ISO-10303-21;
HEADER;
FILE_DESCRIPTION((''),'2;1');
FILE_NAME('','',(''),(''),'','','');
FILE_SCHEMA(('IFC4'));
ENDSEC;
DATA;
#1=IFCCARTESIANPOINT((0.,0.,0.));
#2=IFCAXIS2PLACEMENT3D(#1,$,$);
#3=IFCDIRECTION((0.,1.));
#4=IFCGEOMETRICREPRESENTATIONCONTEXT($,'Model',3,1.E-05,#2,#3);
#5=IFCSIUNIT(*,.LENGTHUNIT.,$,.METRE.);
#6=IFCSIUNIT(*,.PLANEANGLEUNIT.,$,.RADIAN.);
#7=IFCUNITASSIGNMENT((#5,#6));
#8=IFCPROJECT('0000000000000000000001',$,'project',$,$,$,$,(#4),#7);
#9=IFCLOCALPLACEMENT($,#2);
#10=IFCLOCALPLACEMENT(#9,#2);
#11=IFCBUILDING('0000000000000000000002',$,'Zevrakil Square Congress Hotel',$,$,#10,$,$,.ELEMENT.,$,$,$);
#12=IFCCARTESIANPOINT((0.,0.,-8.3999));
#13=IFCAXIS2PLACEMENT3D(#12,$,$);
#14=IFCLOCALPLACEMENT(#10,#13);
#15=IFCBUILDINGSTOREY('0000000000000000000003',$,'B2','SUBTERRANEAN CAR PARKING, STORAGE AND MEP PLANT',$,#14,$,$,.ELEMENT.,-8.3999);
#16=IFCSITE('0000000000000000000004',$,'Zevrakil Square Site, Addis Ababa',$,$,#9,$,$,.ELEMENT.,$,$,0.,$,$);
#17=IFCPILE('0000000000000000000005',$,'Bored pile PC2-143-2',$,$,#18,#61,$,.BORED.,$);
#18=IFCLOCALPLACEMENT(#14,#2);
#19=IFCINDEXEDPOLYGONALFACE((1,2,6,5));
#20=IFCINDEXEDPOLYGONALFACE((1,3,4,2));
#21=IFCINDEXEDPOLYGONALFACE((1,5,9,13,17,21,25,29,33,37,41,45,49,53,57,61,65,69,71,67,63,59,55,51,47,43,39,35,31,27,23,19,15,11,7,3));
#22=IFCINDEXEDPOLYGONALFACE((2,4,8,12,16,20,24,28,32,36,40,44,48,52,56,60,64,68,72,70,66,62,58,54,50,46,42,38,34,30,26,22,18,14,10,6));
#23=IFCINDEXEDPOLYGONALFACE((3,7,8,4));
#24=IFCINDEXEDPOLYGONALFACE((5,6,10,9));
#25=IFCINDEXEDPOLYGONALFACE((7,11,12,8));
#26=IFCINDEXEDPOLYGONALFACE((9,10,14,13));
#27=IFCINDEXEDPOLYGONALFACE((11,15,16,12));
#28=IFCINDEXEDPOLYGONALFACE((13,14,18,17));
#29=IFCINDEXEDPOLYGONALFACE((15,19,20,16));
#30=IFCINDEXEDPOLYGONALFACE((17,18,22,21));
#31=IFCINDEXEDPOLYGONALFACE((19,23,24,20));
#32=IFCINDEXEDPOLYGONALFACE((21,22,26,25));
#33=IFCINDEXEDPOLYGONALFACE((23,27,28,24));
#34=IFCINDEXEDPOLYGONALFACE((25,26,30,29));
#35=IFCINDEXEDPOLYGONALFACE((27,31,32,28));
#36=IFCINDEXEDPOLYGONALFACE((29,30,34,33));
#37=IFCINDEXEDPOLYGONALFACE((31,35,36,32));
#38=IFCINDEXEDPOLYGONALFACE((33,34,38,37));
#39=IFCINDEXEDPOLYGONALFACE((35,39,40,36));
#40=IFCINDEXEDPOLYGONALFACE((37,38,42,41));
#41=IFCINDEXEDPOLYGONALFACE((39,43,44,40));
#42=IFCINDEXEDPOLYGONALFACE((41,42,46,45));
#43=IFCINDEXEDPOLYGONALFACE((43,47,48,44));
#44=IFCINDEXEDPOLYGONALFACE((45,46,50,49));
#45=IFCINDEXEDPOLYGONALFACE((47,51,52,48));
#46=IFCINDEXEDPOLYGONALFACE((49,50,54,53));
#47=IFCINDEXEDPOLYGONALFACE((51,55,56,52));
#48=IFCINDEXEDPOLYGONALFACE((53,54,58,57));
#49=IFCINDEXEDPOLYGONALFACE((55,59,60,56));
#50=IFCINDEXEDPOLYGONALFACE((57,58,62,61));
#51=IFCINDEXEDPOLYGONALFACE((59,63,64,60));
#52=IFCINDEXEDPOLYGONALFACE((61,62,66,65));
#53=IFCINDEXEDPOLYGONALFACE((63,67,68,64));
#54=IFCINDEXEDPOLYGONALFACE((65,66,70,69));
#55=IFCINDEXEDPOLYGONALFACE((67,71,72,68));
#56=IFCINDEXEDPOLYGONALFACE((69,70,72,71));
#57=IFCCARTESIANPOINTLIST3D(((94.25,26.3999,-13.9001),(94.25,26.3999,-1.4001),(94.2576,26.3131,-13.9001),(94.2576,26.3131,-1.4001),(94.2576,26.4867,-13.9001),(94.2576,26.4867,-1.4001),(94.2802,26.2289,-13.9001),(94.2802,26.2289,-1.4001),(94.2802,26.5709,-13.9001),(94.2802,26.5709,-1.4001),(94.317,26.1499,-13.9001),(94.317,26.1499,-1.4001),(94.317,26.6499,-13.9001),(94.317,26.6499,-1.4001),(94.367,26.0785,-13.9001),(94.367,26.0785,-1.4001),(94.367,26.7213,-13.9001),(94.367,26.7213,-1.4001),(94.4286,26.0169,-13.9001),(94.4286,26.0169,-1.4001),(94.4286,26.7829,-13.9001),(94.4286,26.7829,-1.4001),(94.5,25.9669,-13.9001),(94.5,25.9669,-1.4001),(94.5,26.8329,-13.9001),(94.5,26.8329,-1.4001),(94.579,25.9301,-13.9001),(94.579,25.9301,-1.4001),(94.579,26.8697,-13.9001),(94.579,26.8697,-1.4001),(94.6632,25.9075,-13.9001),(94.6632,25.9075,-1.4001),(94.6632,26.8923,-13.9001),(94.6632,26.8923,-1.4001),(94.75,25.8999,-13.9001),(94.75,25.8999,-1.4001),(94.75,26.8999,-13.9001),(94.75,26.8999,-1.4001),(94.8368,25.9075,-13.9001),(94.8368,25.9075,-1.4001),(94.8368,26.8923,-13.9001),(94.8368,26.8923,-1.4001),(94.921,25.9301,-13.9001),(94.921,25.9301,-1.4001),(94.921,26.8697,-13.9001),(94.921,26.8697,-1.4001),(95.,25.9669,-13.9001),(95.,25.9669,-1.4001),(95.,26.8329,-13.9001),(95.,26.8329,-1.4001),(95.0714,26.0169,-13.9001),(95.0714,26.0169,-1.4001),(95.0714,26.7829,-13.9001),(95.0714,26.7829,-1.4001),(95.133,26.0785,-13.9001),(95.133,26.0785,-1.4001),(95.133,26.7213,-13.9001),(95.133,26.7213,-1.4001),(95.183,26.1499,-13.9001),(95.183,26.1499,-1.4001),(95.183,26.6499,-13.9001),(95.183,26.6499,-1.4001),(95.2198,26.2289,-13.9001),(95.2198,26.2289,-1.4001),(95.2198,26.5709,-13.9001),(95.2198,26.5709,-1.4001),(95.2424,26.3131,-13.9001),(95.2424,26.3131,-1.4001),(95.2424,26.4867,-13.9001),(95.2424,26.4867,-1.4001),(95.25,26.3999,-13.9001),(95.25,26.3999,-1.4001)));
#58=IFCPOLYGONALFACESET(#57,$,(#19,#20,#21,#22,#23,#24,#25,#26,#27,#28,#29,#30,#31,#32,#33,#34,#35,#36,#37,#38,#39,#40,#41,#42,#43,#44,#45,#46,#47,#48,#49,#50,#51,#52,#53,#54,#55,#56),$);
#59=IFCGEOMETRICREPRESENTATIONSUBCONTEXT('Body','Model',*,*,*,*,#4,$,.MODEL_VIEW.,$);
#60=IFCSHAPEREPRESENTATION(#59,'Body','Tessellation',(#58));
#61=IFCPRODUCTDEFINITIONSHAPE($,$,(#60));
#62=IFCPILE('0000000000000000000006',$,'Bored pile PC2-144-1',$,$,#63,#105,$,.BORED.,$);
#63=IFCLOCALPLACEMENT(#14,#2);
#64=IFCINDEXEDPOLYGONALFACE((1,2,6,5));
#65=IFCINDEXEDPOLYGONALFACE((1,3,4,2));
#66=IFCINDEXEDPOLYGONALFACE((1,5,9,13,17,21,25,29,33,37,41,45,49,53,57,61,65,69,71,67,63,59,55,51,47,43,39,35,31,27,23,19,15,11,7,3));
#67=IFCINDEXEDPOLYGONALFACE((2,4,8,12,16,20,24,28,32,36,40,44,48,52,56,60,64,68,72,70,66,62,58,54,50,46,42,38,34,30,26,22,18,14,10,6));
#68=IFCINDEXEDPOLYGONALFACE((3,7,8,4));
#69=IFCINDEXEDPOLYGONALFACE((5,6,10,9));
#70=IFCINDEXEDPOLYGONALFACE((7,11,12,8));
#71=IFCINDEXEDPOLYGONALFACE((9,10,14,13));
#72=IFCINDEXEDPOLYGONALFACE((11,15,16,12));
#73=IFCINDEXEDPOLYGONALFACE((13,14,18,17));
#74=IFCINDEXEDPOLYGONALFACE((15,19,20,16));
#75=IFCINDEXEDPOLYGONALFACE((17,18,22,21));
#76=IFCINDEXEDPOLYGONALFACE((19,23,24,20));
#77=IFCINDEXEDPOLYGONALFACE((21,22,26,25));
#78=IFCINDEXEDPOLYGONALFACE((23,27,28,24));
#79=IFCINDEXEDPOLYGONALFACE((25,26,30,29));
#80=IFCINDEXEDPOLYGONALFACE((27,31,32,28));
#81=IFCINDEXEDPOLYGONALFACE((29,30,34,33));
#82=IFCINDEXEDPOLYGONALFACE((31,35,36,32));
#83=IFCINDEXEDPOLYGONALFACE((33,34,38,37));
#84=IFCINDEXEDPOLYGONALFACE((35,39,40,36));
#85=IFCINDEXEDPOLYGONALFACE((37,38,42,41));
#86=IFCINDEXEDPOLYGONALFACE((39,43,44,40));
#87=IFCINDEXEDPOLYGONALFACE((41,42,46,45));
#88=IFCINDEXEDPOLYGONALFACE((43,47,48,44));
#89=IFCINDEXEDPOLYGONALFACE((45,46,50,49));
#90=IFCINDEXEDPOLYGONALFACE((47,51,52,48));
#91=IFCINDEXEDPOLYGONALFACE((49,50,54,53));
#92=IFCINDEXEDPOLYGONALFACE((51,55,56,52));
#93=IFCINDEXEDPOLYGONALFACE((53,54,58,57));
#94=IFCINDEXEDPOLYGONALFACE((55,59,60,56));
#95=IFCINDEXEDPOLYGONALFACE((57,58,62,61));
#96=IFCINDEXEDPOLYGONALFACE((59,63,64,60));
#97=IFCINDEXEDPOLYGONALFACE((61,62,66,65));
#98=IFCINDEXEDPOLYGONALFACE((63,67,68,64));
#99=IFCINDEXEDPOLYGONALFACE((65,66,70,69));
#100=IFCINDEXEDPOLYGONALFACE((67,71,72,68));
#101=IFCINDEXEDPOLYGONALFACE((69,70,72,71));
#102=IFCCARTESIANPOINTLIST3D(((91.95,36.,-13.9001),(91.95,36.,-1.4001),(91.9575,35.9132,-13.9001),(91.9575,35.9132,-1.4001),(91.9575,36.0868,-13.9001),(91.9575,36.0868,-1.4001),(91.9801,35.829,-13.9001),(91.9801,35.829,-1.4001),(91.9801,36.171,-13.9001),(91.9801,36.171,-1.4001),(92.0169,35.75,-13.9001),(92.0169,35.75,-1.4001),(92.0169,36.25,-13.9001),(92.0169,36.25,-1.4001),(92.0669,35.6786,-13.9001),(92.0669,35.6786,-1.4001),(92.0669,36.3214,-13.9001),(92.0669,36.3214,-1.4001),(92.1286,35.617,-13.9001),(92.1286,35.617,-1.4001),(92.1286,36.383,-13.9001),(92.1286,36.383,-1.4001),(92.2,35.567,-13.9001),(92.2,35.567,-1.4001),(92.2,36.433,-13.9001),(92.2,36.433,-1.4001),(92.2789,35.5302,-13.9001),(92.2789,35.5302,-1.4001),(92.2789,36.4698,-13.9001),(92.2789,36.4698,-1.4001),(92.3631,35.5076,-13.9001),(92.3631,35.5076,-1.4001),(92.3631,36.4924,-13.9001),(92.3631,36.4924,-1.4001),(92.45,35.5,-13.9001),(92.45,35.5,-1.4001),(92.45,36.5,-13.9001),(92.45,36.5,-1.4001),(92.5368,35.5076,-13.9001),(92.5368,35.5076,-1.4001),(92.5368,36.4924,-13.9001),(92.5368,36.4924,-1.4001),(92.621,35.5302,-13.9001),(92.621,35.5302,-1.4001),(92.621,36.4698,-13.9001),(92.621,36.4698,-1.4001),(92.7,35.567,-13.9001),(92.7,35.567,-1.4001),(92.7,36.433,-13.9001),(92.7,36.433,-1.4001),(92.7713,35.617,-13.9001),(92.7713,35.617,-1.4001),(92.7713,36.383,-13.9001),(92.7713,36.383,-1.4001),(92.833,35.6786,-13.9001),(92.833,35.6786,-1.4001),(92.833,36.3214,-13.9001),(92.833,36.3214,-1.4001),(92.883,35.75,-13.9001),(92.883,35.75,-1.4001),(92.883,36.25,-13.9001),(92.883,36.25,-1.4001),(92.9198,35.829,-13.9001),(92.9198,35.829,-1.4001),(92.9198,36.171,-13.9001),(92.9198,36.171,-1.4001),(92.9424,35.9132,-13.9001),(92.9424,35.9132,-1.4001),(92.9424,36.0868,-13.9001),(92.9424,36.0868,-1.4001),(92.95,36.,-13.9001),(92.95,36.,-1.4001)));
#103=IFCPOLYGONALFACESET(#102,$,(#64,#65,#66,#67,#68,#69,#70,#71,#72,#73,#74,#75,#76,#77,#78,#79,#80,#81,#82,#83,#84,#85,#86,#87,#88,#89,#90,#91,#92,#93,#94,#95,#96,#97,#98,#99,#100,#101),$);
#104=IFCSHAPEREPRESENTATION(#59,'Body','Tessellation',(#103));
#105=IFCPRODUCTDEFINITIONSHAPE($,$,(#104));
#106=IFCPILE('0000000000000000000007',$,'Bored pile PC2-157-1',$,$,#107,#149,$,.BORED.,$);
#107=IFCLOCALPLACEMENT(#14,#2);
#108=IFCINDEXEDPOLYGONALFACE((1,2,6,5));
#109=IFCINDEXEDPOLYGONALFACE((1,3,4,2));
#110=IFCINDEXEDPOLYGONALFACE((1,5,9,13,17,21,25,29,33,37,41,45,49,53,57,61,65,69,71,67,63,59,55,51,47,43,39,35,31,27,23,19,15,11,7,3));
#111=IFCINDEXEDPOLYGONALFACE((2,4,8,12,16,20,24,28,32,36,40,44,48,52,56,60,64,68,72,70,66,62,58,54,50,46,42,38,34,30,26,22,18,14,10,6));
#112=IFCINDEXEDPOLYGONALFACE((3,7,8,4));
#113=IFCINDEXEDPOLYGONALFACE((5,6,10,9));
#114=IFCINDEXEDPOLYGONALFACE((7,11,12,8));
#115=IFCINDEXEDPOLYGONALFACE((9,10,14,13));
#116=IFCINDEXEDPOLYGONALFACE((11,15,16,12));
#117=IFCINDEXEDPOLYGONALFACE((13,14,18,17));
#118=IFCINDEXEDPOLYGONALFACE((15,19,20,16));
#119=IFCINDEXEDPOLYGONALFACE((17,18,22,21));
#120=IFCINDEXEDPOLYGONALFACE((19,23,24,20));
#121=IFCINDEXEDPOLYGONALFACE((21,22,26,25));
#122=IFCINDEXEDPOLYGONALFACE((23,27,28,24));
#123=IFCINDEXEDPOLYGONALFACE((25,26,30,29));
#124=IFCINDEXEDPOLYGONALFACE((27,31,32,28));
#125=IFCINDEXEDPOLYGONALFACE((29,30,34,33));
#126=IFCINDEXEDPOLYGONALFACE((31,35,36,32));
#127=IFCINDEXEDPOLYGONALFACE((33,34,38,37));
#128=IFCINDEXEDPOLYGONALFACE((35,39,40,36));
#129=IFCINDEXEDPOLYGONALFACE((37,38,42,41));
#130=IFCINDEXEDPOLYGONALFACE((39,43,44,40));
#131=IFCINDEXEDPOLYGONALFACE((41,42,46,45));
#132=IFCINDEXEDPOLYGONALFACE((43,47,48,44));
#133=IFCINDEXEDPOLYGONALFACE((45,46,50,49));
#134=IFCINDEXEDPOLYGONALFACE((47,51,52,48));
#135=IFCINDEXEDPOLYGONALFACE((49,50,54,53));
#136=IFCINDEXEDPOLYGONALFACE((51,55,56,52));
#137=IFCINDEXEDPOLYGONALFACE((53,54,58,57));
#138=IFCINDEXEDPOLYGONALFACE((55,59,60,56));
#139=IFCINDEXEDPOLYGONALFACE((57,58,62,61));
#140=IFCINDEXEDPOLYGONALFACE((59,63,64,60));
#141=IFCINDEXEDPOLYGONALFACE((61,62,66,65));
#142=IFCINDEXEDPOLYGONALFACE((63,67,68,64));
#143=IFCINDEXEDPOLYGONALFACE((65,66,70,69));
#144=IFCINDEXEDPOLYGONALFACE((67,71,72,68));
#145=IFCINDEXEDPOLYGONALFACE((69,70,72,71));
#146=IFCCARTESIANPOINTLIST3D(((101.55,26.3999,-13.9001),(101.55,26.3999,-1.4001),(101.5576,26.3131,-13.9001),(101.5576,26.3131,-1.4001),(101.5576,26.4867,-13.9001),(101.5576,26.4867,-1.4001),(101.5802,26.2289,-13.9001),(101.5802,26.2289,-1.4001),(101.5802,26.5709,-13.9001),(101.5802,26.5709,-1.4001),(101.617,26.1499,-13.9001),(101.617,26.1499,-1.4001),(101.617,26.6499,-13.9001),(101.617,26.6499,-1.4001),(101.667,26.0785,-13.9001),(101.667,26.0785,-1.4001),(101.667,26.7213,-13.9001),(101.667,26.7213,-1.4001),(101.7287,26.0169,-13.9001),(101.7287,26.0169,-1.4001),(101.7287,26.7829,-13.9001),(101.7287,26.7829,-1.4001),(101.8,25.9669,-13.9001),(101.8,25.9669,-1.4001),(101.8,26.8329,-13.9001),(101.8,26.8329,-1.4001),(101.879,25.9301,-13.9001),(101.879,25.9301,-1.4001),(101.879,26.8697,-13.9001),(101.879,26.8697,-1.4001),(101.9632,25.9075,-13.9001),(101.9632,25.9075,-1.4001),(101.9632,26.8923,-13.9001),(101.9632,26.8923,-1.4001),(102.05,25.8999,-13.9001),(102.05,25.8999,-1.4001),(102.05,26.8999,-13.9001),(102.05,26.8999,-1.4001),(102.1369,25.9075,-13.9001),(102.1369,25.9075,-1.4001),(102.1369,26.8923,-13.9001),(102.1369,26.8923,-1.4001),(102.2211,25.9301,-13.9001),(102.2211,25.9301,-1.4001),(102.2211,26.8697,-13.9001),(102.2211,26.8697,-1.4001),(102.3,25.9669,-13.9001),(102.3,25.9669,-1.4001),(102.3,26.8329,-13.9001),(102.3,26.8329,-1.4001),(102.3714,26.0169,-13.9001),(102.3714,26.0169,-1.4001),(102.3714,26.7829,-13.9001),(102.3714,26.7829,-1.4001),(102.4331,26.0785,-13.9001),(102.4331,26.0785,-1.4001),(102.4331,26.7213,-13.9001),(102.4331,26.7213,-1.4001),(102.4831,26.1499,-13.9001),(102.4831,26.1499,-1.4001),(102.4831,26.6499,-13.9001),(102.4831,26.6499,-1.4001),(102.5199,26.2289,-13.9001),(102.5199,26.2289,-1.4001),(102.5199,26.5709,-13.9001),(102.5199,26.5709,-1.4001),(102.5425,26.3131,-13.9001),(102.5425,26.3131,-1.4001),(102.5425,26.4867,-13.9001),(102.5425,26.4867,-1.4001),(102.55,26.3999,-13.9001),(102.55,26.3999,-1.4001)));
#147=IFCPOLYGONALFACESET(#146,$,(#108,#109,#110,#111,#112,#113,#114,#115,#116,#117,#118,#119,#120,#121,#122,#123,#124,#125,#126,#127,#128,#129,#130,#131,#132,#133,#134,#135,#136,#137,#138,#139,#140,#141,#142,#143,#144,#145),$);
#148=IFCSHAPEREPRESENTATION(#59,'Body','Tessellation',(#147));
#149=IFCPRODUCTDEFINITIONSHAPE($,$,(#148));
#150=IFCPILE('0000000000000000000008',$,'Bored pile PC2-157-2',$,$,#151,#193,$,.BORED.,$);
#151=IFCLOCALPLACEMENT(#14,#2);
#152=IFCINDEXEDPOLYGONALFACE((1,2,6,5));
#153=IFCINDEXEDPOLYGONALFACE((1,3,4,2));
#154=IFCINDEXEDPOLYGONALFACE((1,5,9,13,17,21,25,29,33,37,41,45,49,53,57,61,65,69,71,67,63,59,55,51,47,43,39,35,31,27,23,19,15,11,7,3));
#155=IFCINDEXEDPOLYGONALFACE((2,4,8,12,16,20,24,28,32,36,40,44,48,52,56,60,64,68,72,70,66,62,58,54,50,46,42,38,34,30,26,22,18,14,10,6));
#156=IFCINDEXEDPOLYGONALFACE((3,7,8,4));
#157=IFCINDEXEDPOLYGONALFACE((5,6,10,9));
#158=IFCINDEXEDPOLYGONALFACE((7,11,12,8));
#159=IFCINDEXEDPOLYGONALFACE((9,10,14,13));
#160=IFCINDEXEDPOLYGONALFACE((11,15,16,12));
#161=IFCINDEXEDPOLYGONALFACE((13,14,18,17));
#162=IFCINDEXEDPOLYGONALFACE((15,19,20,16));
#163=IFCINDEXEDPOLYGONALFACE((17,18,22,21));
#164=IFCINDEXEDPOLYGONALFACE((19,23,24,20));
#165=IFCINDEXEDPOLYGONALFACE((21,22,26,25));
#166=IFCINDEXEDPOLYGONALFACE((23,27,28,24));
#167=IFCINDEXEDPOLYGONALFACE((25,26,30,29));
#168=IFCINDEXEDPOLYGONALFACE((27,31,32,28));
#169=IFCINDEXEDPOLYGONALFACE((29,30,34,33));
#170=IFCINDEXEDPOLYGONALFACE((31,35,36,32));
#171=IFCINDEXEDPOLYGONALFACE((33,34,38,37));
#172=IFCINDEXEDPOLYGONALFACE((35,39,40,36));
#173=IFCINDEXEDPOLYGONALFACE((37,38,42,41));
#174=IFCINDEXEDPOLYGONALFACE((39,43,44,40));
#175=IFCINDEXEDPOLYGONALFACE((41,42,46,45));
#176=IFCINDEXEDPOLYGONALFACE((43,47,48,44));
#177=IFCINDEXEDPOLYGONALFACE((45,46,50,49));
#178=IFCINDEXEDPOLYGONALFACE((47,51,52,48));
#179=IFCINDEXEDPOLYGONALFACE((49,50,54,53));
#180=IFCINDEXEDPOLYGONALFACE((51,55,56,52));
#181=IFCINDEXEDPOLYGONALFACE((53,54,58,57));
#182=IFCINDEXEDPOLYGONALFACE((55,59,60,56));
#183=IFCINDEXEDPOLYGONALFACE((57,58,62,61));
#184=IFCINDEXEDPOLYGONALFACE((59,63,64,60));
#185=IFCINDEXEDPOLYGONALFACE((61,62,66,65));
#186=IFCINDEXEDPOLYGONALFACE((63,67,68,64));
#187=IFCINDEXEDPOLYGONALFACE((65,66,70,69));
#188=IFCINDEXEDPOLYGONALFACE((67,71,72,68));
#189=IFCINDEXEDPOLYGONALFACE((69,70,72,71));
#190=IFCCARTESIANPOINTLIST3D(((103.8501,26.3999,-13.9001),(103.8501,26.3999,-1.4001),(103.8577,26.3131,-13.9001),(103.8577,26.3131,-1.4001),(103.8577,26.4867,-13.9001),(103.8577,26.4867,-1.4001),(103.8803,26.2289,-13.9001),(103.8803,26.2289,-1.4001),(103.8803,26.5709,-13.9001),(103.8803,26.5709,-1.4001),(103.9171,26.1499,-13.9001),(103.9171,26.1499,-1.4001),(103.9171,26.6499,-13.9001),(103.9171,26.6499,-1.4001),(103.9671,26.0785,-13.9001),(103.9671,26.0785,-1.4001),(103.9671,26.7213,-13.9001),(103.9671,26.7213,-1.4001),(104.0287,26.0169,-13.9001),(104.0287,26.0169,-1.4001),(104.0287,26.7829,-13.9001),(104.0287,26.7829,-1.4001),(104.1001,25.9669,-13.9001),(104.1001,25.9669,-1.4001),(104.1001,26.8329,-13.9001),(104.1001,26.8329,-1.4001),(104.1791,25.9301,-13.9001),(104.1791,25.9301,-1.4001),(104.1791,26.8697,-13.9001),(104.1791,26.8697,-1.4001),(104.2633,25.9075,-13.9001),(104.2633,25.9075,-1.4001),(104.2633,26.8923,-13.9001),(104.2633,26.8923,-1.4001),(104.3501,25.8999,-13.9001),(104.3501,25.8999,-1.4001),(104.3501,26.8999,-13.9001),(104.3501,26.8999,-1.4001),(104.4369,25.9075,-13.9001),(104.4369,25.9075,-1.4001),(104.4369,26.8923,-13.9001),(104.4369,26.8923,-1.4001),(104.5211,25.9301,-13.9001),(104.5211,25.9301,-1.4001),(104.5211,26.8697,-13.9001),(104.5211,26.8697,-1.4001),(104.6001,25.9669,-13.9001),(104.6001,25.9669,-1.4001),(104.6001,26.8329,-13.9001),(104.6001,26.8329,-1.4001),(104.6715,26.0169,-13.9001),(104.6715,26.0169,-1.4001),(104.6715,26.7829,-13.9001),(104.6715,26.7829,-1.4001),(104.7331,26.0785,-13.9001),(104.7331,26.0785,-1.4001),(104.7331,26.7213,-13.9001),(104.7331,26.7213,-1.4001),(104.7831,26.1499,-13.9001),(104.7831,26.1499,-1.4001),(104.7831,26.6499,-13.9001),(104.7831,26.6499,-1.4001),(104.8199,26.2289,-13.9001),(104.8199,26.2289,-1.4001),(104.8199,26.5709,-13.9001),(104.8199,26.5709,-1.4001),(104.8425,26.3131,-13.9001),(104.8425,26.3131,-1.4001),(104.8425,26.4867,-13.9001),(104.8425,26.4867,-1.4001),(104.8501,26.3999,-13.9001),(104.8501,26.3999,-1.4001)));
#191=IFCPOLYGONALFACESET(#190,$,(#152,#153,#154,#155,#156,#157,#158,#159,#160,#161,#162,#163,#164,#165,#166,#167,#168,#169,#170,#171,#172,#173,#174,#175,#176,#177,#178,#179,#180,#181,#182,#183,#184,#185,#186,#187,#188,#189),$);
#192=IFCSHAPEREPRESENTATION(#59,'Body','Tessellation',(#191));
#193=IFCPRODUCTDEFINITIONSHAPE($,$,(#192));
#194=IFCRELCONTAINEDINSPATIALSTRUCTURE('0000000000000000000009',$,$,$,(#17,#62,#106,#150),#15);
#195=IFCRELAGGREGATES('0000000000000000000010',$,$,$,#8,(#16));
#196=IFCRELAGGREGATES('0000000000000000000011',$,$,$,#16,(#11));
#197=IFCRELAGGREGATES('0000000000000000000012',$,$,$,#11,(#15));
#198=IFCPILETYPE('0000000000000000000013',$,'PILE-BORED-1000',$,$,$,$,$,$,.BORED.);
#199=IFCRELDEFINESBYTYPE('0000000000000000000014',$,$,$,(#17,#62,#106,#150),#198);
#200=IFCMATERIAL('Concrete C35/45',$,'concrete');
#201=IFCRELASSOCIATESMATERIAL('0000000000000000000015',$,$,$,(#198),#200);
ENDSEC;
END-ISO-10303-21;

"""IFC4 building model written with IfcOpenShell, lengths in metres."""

from ifc_helpers import new_model, si_unit, direction, frame, origin, origin_2d, place, context, subcontext, project, spatial, circle, extrude, material, material_profile, profile_set, type_object, element, save


model = new_model("IFC4")

# Units and contexts
model_context = context("Model", 3, precision=1e-05, world=origin(), true_north=direction((0.0, 1.0)))
body_context = subcontext(model_context, "Body", "Model", "MODEL_VIEW")
ifc_project = project(units=[si_unit("LENGTHUNIT", "METRE"), si_unit("PLANEANGLEUNIT", "RADIAN")], contexts=[model_context])

# Site, building, storey
site_placement = place(None, origin())
site = spatial("IfcSite", under=ifc_project, at=site_placement, Name="Zevrakil Square Site, Addis Ababa", CompositionType="ELEMENT", RefElevation=0.0)
building_placement = place(site_placement, origin())
building = spatial("IfcBuilding", under=site, at=building_placement, Name="Zevrakil Square Congress Hotel", CompositionType="ELEMENT")
storey_placement = place(building_placement, frame((0.0, 0.0, -8.3999)))
storey = spatial("IfcBuildingStorey", under=building, at=storey_placement, Name="B2", Description="SUBTERRANEAN CAR PARKING, STORAGE AND MEP PLANT", CompositionType="ELEMENT", Elevation=-8.3999)

# Piles
ifc_material_1 = material(Name="Concrete C35/45", Category="concrete")
ifc_material_profile_1 = material_profile(ifc_material_1, circle(Radius=0.5, at=origin_2d()), Name="PILE D1000")
ifc_profile_set_1 = profile_set([ifc_material_profile_1], Name="Concrete C35/45")
pile_type = type_object("IfcPileType", Name="PILE-BORED-1000", PredefinedType="BORED", material=ifc_profile_set_1)
for number, where, z_axis, x_axis, name in (
    (1, (94.75, 26.3999, -1.4001), (0.0, 0.0, -1.0), (1.0, 0.0, 0.0), "Bored pile PC2-143-2"),
    (2, (92.45, 36.0, -1.4001), (0.0, 0.0, -1.0), (1.0, 0.0, 0.0), "Bored pile PC2-144-1"),
    (3, (102.05, 26.3999, -1.4001), (0.0, 0.0, -1.0), (1.0, 0.0, 0.0), "Bored pile PC2-157-1"),
    (4, (104.3501, 26.3999, -1.4001), (0.0, 0.0, -1.0), (1.0, 0.0, 0.0), "Bored pile PC2-157-2"),
):
    element("IfcPile", number, at=place(storey_placement, frame(where, z_axis=z_axis, x_axis=x_axis)), inside=storey, type_object=pile_type, Name=name, PredefinedType="BORED", context=body_context, shape_type="SweptSolid", body=[
        extrude(circle(Radius=0.5, at=origin_2d()), origin(), (0.0, 0.0, 1.0), 12.5),
    ])

save(model, "model.ifc")
